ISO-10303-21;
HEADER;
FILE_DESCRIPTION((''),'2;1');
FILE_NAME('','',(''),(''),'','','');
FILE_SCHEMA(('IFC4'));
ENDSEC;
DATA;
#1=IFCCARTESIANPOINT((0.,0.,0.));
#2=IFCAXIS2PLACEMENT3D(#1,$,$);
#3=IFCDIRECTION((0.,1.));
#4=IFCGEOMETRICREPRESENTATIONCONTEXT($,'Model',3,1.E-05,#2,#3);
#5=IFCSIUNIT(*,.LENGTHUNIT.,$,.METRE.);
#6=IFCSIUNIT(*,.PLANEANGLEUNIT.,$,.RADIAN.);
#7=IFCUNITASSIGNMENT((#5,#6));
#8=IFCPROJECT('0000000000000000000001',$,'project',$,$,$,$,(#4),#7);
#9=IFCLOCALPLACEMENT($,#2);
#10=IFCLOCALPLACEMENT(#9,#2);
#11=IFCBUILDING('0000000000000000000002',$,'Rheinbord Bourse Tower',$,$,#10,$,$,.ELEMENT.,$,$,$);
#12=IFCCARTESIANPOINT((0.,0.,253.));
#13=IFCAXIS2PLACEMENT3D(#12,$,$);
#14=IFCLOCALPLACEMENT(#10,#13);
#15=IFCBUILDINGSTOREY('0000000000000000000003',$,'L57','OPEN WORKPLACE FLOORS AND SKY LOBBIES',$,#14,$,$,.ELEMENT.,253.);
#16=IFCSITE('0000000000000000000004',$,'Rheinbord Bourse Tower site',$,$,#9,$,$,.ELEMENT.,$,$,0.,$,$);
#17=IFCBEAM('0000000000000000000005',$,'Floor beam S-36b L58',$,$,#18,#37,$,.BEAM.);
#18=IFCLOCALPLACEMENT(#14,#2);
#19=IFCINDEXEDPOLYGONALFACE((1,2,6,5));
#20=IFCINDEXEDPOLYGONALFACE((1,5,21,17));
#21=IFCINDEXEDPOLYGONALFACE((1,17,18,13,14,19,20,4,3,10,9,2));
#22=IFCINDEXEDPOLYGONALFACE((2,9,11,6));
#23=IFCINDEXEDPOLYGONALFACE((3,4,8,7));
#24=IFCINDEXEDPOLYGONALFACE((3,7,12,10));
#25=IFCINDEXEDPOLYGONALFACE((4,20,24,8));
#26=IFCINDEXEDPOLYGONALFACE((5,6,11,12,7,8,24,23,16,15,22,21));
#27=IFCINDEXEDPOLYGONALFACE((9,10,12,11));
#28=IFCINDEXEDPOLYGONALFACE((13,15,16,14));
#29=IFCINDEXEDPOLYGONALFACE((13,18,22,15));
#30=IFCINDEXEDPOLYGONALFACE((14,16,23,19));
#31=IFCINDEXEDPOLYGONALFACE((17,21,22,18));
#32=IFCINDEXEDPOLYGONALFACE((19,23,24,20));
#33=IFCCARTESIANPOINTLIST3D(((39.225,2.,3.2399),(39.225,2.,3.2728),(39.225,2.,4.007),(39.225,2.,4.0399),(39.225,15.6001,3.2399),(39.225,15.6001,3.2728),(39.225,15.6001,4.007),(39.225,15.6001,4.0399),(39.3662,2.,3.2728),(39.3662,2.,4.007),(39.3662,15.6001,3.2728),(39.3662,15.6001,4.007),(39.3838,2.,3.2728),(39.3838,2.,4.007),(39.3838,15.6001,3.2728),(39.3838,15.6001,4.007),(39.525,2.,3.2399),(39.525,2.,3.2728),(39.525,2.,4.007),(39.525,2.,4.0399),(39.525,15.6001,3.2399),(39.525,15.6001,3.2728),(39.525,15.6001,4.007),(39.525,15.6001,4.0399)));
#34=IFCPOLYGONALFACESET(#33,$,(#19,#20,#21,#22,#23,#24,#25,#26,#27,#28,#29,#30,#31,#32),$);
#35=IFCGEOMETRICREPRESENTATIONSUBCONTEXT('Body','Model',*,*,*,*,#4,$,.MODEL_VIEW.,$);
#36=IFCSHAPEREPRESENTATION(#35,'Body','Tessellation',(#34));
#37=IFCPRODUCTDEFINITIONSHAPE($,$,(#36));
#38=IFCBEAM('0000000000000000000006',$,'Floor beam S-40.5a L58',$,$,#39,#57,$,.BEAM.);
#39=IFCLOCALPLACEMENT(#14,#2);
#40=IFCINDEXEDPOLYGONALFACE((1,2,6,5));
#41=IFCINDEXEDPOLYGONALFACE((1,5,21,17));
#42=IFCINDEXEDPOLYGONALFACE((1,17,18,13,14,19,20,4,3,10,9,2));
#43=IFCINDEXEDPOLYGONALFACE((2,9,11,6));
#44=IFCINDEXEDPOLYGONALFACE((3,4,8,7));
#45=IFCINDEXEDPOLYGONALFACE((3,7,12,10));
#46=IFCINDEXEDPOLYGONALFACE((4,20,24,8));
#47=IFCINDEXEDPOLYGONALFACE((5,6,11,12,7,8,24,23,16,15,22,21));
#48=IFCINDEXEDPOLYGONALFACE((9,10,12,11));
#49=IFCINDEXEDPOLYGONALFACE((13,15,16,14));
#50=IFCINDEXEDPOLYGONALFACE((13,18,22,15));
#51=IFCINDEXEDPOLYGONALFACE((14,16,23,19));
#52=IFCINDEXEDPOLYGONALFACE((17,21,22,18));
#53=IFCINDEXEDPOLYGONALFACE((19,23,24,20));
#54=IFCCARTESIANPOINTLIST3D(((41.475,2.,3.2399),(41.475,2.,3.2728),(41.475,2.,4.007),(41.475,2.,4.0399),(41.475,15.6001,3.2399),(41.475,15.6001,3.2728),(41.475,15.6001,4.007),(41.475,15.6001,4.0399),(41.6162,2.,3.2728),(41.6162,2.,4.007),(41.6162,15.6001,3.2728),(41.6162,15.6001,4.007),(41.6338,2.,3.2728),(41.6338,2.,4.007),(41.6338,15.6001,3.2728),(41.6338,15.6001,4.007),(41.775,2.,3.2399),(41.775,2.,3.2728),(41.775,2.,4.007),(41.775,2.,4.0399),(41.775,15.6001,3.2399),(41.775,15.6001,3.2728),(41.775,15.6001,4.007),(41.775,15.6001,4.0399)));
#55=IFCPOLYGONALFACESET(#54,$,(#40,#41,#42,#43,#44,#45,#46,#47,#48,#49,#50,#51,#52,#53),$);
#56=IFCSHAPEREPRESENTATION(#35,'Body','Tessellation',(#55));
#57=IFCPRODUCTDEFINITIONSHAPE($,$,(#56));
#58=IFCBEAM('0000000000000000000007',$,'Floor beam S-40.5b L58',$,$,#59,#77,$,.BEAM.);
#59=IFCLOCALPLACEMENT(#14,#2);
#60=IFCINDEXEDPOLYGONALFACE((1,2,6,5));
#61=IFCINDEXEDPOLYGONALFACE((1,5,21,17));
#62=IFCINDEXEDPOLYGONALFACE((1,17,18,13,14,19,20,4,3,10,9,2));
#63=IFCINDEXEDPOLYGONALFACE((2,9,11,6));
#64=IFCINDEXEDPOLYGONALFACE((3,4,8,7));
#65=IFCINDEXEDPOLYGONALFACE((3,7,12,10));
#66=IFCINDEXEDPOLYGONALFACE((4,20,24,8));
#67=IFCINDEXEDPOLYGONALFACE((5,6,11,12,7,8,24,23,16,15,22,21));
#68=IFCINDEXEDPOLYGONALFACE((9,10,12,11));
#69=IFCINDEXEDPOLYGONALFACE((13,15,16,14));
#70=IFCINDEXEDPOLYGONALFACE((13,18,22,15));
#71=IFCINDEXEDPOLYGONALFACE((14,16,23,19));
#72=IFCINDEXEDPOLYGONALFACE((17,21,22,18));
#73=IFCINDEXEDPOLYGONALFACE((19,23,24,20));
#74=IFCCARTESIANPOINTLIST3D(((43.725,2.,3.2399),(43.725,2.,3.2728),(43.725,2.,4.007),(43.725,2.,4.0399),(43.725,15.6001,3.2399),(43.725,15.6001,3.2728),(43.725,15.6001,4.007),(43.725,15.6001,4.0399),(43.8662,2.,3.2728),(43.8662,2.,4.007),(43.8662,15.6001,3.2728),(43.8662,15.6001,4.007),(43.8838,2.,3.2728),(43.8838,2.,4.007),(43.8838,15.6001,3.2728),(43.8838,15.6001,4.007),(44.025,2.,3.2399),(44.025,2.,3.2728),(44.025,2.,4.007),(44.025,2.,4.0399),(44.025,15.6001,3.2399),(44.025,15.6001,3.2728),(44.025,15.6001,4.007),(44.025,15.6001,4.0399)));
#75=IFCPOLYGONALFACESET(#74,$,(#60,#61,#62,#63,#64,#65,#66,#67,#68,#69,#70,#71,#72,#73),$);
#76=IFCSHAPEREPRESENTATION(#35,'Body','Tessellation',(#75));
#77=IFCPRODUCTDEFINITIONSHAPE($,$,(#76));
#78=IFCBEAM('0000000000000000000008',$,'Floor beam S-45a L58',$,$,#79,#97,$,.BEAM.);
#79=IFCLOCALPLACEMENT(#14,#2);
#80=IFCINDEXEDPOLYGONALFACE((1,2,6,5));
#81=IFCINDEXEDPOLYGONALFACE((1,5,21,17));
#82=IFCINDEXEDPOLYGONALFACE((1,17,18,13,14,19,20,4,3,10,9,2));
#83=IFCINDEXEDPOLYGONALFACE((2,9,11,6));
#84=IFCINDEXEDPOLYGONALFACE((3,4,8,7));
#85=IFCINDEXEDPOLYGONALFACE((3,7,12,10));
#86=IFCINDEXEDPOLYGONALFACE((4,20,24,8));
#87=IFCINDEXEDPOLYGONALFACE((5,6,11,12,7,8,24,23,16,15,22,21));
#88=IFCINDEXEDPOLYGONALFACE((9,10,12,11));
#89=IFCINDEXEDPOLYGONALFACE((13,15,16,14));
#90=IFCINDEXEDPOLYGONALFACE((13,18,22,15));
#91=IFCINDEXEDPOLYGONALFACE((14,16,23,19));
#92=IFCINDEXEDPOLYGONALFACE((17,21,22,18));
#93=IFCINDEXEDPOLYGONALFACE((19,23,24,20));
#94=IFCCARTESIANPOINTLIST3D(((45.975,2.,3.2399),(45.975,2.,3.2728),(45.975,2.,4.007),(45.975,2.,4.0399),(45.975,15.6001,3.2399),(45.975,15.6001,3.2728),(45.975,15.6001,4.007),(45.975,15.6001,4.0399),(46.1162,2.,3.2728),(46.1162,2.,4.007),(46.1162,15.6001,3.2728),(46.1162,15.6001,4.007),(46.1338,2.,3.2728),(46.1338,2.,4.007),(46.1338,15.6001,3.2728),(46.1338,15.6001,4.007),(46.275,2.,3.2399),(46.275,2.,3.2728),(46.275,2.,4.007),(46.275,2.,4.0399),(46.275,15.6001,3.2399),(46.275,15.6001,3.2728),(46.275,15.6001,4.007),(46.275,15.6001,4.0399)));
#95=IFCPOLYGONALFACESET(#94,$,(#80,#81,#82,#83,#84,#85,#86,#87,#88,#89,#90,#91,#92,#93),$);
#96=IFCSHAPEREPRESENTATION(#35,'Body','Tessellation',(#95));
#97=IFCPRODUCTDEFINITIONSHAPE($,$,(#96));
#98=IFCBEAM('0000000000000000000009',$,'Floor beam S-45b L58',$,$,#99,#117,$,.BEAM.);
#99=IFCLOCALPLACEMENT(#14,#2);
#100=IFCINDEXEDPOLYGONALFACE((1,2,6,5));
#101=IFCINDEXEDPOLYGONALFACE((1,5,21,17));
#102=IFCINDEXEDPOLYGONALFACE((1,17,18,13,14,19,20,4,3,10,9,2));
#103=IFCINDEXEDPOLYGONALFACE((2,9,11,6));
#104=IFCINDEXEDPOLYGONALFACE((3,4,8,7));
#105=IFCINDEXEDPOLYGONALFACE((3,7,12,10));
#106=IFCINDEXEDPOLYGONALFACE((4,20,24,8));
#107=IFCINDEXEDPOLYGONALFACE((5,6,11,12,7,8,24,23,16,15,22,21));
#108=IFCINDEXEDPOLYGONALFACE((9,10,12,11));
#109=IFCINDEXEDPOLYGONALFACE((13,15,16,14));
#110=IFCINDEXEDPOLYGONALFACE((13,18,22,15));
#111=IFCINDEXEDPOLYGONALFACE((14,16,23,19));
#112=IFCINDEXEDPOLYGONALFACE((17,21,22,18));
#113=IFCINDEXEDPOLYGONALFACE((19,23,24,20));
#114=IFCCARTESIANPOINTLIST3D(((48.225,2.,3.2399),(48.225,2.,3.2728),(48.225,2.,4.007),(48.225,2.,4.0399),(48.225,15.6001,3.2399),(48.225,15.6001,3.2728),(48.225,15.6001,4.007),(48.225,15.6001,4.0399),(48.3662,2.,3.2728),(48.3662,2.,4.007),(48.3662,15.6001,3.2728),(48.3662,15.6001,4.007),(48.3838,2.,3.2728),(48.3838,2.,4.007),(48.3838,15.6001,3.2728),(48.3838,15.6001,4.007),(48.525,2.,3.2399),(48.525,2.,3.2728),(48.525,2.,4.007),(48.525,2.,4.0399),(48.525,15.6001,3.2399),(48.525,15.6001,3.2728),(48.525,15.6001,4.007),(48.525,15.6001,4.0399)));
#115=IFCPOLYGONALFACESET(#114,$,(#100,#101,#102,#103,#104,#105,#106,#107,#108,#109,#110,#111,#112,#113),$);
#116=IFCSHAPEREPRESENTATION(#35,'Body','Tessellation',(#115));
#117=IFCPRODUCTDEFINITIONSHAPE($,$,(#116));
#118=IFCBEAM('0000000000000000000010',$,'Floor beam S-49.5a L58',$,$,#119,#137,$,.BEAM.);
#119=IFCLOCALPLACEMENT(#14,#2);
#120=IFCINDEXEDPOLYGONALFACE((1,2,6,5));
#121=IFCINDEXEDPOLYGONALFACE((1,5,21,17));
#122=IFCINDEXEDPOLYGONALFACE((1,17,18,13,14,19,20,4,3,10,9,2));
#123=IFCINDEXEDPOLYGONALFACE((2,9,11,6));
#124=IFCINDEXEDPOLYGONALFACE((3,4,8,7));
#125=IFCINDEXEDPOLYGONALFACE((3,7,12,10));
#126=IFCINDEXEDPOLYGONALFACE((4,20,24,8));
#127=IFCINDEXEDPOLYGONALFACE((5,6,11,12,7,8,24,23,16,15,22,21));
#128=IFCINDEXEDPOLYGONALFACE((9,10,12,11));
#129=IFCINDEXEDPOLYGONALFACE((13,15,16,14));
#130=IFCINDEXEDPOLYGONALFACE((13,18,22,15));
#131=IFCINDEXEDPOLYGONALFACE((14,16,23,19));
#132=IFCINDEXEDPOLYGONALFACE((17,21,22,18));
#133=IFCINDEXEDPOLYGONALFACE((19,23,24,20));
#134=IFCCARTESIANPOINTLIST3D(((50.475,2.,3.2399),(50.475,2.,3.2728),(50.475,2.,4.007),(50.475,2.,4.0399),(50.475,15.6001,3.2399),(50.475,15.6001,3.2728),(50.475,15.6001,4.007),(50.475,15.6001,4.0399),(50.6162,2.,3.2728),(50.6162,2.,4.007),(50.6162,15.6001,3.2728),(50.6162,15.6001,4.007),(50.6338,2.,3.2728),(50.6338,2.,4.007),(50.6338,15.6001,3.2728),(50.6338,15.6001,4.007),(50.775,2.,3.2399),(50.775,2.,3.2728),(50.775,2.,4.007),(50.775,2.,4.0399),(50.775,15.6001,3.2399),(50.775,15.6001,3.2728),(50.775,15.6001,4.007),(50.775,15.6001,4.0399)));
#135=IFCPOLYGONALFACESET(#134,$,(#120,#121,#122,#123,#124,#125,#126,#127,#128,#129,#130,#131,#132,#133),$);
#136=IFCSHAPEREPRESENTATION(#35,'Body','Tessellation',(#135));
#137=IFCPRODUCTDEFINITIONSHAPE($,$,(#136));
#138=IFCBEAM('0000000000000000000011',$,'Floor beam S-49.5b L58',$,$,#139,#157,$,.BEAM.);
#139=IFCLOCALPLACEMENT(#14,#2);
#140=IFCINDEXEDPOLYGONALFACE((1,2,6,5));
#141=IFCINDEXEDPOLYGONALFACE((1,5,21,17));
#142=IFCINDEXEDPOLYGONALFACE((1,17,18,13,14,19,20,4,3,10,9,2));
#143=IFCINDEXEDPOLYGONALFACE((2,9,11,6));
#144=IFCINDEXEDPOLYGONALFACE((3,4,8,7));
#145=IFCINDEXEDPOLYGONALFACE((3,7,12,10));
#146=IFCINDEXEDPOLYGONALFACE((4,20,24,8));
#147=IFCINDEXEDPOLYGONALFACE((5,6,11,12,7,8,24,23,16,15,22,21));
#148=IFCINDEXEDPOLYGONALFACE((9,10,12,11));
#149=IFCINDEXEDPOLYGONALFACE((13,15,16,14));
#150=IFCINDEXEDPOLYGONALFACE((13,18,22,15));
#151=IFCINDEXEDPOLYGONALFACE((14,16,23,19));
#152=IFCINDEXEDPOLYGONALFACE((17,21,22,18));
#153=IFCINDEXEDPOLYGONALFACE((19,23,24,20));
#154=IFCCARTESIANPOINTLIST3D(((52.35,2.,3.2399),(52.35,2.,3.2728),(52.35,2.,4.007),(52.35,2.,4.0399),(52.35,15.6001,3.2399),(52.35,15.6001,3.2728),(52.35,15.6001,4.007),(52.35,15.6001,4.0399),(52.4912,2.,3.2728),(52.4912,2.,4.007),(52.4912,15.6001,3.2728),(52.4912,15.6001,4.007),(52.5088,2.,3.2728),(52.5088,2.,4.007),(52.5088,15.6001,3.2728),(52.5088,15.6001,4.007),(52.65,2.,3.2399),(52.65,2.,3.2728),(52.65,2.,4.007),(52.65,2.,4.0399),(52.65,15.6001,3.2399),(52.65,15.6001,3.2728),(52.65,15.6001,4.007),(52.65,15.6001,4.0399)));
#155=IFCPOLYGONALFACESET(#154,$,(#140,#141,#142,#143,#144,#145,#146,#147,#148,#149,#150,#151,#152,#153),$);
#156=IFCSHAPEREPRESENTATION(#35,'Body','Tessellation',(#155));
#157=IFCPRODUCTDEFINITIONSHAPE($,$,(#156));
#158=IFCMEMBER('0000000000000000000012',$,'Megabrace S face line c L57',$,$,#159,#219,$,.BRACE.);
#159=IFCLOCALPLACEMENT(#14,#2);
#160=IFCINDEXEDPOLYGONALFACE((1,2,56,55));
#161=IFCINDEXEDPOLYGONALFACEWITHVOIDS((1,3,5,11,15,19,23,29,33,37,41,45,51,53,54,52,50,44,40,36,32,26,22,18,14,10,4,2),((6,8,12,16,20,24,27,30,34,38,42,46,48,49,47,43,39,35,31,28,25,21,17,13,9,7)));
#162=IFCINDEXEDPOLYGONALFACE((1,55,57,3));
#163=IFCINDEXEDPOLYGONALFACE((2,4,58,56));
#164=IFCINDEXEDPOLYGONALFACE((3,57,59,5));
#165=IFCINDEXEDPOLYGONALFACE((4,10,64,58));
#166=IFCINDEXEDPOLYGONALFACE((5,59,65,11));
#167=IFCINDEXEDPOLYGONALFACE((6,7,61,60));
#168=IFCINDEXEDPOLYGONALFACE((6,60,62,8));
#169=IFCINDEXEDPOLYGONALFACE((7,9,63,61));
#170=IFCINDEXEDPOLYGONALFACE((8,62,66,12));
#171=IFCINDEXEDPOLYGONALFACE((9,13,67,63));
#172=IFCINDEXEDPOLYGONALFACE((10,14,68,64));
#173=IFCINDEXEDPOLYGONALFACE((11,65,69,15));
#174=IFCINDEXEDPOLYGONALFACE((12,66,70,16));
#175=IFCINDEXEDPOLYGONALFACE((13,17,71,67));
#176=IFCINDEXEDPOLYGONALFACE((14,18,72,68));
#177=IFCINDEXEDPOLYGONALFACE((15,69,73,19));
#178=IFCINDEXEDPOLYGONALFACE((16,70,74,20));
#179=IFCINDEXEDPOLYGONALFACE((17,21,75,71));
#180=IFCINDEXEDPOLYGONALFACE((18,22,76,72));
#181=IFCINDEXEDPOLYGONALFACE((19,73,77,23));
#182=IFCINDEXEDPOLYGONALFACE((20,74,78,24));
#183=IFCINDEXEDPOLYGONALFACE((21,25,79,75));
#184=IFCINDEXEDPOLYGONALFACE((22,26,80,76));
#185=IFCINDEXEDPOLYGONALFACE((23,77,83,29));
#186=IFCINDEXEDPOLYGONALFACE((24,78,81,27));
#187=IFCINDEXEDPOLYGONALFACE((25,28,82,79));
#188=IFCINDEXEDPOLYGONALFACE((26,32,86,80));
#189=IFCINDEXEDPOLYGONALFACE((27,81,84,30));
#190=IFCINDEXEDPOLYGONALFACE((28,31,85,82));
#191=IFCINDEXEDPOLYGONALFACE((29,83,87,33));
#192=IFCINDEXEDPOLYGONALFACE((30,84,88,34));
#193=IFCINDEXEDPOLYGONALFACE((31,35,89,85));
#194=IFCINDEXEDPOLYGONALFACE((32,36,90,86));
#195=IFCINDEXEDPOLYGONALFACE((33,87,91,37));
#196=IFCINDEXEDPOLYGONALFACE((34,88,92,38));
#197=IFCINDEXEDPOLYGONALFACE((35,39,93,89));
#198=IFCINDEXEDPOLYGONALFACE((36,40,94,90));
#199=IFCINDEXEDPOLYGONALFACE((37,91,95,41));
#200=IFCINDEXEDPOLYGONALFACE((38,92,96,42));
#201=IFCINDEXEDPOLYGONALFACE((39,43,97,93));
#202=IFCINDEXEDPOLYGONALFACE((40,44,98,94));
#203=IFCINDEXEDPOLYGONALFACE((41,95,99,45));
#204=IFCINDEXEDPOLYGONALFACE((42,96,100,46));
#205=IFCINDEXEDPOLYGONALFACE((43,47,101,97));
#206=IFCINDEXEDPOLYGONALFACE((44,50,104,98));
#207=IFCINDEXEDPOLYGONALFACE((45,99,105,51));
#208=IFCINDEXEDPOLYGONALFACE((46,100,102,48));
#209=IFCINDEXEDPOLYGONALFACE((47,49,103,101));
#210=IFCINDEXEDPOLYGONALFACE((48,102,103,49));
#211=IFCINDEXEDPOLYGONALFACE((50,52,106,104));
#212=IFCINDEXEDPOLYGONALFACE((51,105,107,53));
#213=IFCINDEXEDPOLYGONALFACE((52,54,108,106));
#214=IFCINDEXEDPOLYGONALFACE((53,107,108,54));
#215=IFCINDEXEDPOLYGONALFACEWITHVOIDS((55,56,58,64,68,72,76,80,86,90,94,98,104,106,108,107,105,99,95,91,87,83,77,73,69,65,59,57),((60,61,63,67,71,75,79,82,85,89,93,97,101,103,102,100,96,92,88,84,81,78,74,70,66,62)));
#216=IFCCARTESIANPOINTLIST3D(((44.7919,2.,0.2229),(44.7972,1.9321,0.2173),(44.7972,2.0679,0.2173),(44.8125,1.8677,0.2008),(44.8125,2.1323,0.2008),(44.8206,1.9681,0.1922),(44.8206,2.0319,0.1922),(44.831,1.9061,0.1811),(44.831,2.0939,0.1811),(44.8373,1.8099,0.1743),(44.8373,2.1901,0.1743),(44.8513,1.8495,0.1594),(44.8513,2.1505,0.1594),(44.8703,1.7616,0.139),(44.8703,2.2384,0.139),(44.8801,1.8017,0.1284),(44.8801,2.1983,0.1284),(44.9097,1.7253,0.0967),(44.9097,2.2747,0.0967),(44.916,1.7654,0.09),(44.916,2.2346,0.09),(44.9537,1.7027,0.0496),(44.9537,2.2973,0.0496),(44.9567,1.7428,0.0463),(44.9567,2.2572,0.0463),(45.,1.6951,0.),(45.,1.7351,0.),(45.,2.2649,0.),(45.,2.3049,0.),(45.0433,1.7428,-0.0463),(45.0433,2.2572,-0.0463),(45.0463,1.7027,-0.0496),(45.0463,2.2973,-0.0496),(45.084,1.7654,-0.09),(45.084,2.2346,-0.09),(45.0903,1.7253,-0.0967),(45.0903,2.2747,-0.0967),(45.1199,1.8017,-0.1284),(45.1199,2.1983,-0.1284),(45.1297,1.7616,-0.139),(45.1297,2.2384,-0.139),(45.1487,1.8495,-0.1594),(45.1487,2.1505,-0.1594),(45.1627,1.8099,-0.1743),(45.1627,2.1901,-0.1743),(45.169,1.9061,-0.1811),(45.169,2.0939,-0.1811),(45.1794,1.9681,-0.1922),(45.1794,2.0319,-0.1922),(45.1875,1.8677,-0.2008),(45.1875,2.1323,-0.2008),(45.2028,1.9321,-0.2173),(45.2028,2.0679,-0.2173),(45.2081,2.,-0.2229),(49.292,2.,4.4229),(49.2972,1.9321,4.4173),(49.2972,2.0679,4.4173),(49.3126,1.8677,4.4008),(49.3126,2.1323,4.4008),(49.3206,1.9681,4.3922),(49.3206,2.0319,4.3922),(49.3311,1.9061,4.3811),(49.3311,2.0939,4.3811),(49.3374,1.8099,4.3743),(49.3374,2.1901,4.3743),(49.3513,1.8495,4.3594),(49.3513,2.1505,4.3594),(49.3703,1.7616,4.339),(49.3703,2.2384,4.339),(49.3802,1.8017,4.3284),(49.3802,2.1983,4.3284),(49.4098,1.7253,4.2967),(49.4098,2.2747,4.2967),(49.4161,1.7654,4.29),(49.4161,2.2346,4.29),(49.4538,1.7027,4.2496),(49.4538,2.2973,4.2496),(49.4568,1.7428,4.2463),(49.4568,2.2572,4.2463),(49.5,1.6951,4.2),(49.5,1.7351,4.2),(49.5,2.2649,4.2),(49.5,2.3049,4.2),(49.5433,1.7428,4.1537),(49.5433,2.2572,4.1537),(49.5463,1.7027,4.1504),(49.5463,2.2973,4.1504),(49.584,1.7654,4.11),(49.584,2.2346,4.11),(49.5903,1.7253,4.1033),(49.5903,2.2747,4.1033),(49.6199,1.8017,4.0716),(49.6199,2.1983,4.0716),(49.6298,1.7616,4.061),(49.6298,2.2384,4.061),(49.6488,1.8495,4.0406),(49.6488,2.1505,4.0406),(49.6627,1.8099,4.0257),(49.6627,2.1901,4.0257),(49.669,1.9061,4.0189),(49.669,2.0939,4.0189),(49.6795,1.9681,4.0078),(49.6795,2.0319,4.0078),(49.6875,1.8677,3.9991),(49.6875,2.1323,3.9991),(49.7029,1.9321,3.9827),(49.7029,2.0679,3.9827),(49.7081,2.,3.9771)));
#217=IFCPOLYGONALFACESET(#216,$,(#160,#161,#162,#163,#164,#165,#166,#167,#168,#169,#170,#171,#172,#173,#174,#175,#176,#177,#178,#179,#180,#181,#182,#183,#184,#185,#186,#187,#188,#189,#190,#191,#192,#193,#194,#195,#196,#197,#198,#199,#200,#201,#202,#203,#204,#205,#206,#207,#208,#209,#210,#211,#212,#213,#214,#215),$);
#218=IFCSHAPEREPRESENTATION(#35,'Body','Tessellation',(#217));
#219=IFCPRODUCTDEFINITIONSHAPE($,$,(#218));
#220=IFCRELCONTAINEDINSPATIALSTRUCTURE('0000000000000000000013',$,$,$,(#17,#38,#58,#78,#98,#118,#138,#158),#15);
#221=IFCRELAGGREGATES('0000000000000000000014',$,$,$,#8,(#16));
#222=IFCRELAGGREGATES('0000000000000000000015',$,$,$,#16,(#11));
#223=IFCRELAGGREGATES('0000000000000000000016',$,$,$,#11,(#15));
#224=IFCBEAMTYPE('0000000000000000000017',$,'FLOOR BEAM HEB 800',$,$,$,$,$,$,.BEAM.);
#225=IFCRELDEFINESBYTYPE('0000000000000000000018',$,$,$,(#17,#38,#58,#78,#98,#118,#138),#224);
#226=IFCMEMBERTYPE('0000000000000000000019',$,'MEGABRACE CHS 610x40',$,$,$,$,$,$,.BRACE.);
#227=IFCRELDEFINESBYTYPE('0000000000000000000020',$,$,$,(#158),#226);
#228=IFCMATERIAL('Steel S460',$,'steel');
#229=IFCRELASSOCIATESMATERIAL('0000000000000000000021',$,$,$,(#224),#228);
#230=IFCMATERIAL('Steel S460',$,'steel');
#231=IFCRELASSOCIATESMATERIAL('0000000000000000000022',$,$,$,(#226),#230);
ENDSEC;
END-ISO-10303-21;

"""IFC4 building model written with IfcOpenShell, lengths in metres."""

from ifc_helpers import new_model, si_unit, direction, frame, origin, origin_2d, place, context, subcontext, project, spatial, hollow_circle, i_section, extrude, material, material_profile, profile_set, type_object, element, save


model = new_model("IFC4")

# Units and contexts
model_context = context("Model", 3, precision=1e-05, world=origin(), true_north=direction((0.0, 1.0)))
body_context = subcontext(model_context, "Body", "Model", "MODEL_VIEW")
ifc_project = project(units=[si_unit("LENGTHUNIT", "METRE"), si_unit("PLANEANGLEUNIT", "RADIAN")], contexts=[model_context])

# Site, building, storey
site_placement = place(None, origin())
site = spatial("IfcSite", under=ifc_project, at=site_placement, Name="Rheinbord Bourse Tower site", CompositionType="ELEMENT", RefElevation=0.0)
building_placement = place(site_placement, origin())
building = spatial("IfcBuilding", under=site, at=building_placement, Name="Rheinbord Bourse Tower", CompositionType="ELEMENT")
storey_placement = place(building_placement, frame((0.0, 0.0, 253.0)))
storey = spatial("IfcBuildingStorey", under=building, at=storey_placement, Name="L57", Description="OPEN WORKPLACE FLOORS AND SKY LOBBIES", CompositionType="ELEMENT", Elevation=253.0)

# Beams
ifc_material_1 = material(Name="Steel S460", Category="steel")
ifc_material_profile_1 = material_profile(ifc_material_1, i_section(OverallWidth=0.3, OverallDepth=0.8, WebThickness=0.0176, FlangeThickness=0.033, at=origin_2d()), Name="HEB 800")
ifc_profile_set_1 = profile_set([ifc_material_profile_1], Name="Steel S460")
beam_type_1 = type_object("IfcBeamType", Name="FLOOR BEAM HEB 800", PredefinedType="BEAM", material=ifc_profile_set_1)
for number, where, z_axis, x_axis, name in (
    (1, (39.375, 2.0, 3.6399), (0.0, 1.0, 0.0), (-1.0, 0.0, 0.0), "Floor beam S-36b L58"),
    (2, (41.625, 2.0, 3.6399), (0.0, 1.0, 0.0), (-1.0, 0.0, 0.0), "Floor beam S-40.5a L58"),
    (3, (43.875, 2.0, 3.6399), (0.0, 1.0, 0.0), (-1.0, 0.0, 0.0), "Floor beam S-40.5b L58"),
    (4, (46.125, 2.0, 3.6399), (0.0, 1.0, 0.0), (-1.0, 0.0, 0.0), "Floor beam S-45a L58"),
    (5, (48.375, 2.0, 3.6399), (0.0, 1.0, 0.0), (-1.0, 0.0, 0.0), "Floor beam S-45b L58"),
    (6, (50.625, 2.0, 3.6399), (0.0, 1.0, 0.0), (-1.0, 0.0, 0.0), "Floor beam S-49.5a L58"),
    (7, (52.5, 2.0, 3.6399), (0.0, 1.0, 0.0), (-1.0, 0.0, 0.0), "Floor beam S-49.5b L58"),
):
    element("IfcBeam", number, at=place(storey_placement, frame(where, z_axis=z_axis, x_axis=x_axis)), inside=storey, type_object=beam_type_1, Name=name, PredefinedType="BEAM", context=body_context, shape_type="SweptSolid", body=[
        extrude(i_section(OverallWidth=0.3, OverallDepth=0.8, WebThickness=0.0176, FlangeThickness=0.033, at=origin_2d()), origin(), (0.0, 0.0, 1.0), 13.6001),
    ])

# Member
ifc_material_2 = material(Name="Steel S460", Category="steel")
ifc_material_profile_2 = material_profile(ifc_material_2, hollow_circle(Radius=0.3049, WallThickness=0.04, at=origin_2d()), Name="CHS 610x40")
ifc_profile_set_2 = profile_set([ifc_material_profile_2], Name="Steel S460")
member_type_1 = type_object("IfcMemberType", Name="MEGABRACE CHS 610x40", PredefinedType="BRACE", material=ifc_profile_set_2)
member_1_placement = place(storey_placement, frame((45.0, 2.0, 0.0), z_axis=(0.731059, 0.0, 0.682314), x_axis=(0.0, 1.0, 0.0)))
element("IfcMember", 8, at=member_1_placement, inside=storey, type_object=member_type_1, Name="Megabrace S face line c L57", PredefinedType="BRACE", context=body_context, shape_type="SweptSolid", body=[
    extrude(hollow_circle(Radius=0.3049, WallThickness=0.04, at=origin_2d()), origin(), (0.0, 0.0, 1.0), 6.1555),
])

save(model, "model.ifc")
